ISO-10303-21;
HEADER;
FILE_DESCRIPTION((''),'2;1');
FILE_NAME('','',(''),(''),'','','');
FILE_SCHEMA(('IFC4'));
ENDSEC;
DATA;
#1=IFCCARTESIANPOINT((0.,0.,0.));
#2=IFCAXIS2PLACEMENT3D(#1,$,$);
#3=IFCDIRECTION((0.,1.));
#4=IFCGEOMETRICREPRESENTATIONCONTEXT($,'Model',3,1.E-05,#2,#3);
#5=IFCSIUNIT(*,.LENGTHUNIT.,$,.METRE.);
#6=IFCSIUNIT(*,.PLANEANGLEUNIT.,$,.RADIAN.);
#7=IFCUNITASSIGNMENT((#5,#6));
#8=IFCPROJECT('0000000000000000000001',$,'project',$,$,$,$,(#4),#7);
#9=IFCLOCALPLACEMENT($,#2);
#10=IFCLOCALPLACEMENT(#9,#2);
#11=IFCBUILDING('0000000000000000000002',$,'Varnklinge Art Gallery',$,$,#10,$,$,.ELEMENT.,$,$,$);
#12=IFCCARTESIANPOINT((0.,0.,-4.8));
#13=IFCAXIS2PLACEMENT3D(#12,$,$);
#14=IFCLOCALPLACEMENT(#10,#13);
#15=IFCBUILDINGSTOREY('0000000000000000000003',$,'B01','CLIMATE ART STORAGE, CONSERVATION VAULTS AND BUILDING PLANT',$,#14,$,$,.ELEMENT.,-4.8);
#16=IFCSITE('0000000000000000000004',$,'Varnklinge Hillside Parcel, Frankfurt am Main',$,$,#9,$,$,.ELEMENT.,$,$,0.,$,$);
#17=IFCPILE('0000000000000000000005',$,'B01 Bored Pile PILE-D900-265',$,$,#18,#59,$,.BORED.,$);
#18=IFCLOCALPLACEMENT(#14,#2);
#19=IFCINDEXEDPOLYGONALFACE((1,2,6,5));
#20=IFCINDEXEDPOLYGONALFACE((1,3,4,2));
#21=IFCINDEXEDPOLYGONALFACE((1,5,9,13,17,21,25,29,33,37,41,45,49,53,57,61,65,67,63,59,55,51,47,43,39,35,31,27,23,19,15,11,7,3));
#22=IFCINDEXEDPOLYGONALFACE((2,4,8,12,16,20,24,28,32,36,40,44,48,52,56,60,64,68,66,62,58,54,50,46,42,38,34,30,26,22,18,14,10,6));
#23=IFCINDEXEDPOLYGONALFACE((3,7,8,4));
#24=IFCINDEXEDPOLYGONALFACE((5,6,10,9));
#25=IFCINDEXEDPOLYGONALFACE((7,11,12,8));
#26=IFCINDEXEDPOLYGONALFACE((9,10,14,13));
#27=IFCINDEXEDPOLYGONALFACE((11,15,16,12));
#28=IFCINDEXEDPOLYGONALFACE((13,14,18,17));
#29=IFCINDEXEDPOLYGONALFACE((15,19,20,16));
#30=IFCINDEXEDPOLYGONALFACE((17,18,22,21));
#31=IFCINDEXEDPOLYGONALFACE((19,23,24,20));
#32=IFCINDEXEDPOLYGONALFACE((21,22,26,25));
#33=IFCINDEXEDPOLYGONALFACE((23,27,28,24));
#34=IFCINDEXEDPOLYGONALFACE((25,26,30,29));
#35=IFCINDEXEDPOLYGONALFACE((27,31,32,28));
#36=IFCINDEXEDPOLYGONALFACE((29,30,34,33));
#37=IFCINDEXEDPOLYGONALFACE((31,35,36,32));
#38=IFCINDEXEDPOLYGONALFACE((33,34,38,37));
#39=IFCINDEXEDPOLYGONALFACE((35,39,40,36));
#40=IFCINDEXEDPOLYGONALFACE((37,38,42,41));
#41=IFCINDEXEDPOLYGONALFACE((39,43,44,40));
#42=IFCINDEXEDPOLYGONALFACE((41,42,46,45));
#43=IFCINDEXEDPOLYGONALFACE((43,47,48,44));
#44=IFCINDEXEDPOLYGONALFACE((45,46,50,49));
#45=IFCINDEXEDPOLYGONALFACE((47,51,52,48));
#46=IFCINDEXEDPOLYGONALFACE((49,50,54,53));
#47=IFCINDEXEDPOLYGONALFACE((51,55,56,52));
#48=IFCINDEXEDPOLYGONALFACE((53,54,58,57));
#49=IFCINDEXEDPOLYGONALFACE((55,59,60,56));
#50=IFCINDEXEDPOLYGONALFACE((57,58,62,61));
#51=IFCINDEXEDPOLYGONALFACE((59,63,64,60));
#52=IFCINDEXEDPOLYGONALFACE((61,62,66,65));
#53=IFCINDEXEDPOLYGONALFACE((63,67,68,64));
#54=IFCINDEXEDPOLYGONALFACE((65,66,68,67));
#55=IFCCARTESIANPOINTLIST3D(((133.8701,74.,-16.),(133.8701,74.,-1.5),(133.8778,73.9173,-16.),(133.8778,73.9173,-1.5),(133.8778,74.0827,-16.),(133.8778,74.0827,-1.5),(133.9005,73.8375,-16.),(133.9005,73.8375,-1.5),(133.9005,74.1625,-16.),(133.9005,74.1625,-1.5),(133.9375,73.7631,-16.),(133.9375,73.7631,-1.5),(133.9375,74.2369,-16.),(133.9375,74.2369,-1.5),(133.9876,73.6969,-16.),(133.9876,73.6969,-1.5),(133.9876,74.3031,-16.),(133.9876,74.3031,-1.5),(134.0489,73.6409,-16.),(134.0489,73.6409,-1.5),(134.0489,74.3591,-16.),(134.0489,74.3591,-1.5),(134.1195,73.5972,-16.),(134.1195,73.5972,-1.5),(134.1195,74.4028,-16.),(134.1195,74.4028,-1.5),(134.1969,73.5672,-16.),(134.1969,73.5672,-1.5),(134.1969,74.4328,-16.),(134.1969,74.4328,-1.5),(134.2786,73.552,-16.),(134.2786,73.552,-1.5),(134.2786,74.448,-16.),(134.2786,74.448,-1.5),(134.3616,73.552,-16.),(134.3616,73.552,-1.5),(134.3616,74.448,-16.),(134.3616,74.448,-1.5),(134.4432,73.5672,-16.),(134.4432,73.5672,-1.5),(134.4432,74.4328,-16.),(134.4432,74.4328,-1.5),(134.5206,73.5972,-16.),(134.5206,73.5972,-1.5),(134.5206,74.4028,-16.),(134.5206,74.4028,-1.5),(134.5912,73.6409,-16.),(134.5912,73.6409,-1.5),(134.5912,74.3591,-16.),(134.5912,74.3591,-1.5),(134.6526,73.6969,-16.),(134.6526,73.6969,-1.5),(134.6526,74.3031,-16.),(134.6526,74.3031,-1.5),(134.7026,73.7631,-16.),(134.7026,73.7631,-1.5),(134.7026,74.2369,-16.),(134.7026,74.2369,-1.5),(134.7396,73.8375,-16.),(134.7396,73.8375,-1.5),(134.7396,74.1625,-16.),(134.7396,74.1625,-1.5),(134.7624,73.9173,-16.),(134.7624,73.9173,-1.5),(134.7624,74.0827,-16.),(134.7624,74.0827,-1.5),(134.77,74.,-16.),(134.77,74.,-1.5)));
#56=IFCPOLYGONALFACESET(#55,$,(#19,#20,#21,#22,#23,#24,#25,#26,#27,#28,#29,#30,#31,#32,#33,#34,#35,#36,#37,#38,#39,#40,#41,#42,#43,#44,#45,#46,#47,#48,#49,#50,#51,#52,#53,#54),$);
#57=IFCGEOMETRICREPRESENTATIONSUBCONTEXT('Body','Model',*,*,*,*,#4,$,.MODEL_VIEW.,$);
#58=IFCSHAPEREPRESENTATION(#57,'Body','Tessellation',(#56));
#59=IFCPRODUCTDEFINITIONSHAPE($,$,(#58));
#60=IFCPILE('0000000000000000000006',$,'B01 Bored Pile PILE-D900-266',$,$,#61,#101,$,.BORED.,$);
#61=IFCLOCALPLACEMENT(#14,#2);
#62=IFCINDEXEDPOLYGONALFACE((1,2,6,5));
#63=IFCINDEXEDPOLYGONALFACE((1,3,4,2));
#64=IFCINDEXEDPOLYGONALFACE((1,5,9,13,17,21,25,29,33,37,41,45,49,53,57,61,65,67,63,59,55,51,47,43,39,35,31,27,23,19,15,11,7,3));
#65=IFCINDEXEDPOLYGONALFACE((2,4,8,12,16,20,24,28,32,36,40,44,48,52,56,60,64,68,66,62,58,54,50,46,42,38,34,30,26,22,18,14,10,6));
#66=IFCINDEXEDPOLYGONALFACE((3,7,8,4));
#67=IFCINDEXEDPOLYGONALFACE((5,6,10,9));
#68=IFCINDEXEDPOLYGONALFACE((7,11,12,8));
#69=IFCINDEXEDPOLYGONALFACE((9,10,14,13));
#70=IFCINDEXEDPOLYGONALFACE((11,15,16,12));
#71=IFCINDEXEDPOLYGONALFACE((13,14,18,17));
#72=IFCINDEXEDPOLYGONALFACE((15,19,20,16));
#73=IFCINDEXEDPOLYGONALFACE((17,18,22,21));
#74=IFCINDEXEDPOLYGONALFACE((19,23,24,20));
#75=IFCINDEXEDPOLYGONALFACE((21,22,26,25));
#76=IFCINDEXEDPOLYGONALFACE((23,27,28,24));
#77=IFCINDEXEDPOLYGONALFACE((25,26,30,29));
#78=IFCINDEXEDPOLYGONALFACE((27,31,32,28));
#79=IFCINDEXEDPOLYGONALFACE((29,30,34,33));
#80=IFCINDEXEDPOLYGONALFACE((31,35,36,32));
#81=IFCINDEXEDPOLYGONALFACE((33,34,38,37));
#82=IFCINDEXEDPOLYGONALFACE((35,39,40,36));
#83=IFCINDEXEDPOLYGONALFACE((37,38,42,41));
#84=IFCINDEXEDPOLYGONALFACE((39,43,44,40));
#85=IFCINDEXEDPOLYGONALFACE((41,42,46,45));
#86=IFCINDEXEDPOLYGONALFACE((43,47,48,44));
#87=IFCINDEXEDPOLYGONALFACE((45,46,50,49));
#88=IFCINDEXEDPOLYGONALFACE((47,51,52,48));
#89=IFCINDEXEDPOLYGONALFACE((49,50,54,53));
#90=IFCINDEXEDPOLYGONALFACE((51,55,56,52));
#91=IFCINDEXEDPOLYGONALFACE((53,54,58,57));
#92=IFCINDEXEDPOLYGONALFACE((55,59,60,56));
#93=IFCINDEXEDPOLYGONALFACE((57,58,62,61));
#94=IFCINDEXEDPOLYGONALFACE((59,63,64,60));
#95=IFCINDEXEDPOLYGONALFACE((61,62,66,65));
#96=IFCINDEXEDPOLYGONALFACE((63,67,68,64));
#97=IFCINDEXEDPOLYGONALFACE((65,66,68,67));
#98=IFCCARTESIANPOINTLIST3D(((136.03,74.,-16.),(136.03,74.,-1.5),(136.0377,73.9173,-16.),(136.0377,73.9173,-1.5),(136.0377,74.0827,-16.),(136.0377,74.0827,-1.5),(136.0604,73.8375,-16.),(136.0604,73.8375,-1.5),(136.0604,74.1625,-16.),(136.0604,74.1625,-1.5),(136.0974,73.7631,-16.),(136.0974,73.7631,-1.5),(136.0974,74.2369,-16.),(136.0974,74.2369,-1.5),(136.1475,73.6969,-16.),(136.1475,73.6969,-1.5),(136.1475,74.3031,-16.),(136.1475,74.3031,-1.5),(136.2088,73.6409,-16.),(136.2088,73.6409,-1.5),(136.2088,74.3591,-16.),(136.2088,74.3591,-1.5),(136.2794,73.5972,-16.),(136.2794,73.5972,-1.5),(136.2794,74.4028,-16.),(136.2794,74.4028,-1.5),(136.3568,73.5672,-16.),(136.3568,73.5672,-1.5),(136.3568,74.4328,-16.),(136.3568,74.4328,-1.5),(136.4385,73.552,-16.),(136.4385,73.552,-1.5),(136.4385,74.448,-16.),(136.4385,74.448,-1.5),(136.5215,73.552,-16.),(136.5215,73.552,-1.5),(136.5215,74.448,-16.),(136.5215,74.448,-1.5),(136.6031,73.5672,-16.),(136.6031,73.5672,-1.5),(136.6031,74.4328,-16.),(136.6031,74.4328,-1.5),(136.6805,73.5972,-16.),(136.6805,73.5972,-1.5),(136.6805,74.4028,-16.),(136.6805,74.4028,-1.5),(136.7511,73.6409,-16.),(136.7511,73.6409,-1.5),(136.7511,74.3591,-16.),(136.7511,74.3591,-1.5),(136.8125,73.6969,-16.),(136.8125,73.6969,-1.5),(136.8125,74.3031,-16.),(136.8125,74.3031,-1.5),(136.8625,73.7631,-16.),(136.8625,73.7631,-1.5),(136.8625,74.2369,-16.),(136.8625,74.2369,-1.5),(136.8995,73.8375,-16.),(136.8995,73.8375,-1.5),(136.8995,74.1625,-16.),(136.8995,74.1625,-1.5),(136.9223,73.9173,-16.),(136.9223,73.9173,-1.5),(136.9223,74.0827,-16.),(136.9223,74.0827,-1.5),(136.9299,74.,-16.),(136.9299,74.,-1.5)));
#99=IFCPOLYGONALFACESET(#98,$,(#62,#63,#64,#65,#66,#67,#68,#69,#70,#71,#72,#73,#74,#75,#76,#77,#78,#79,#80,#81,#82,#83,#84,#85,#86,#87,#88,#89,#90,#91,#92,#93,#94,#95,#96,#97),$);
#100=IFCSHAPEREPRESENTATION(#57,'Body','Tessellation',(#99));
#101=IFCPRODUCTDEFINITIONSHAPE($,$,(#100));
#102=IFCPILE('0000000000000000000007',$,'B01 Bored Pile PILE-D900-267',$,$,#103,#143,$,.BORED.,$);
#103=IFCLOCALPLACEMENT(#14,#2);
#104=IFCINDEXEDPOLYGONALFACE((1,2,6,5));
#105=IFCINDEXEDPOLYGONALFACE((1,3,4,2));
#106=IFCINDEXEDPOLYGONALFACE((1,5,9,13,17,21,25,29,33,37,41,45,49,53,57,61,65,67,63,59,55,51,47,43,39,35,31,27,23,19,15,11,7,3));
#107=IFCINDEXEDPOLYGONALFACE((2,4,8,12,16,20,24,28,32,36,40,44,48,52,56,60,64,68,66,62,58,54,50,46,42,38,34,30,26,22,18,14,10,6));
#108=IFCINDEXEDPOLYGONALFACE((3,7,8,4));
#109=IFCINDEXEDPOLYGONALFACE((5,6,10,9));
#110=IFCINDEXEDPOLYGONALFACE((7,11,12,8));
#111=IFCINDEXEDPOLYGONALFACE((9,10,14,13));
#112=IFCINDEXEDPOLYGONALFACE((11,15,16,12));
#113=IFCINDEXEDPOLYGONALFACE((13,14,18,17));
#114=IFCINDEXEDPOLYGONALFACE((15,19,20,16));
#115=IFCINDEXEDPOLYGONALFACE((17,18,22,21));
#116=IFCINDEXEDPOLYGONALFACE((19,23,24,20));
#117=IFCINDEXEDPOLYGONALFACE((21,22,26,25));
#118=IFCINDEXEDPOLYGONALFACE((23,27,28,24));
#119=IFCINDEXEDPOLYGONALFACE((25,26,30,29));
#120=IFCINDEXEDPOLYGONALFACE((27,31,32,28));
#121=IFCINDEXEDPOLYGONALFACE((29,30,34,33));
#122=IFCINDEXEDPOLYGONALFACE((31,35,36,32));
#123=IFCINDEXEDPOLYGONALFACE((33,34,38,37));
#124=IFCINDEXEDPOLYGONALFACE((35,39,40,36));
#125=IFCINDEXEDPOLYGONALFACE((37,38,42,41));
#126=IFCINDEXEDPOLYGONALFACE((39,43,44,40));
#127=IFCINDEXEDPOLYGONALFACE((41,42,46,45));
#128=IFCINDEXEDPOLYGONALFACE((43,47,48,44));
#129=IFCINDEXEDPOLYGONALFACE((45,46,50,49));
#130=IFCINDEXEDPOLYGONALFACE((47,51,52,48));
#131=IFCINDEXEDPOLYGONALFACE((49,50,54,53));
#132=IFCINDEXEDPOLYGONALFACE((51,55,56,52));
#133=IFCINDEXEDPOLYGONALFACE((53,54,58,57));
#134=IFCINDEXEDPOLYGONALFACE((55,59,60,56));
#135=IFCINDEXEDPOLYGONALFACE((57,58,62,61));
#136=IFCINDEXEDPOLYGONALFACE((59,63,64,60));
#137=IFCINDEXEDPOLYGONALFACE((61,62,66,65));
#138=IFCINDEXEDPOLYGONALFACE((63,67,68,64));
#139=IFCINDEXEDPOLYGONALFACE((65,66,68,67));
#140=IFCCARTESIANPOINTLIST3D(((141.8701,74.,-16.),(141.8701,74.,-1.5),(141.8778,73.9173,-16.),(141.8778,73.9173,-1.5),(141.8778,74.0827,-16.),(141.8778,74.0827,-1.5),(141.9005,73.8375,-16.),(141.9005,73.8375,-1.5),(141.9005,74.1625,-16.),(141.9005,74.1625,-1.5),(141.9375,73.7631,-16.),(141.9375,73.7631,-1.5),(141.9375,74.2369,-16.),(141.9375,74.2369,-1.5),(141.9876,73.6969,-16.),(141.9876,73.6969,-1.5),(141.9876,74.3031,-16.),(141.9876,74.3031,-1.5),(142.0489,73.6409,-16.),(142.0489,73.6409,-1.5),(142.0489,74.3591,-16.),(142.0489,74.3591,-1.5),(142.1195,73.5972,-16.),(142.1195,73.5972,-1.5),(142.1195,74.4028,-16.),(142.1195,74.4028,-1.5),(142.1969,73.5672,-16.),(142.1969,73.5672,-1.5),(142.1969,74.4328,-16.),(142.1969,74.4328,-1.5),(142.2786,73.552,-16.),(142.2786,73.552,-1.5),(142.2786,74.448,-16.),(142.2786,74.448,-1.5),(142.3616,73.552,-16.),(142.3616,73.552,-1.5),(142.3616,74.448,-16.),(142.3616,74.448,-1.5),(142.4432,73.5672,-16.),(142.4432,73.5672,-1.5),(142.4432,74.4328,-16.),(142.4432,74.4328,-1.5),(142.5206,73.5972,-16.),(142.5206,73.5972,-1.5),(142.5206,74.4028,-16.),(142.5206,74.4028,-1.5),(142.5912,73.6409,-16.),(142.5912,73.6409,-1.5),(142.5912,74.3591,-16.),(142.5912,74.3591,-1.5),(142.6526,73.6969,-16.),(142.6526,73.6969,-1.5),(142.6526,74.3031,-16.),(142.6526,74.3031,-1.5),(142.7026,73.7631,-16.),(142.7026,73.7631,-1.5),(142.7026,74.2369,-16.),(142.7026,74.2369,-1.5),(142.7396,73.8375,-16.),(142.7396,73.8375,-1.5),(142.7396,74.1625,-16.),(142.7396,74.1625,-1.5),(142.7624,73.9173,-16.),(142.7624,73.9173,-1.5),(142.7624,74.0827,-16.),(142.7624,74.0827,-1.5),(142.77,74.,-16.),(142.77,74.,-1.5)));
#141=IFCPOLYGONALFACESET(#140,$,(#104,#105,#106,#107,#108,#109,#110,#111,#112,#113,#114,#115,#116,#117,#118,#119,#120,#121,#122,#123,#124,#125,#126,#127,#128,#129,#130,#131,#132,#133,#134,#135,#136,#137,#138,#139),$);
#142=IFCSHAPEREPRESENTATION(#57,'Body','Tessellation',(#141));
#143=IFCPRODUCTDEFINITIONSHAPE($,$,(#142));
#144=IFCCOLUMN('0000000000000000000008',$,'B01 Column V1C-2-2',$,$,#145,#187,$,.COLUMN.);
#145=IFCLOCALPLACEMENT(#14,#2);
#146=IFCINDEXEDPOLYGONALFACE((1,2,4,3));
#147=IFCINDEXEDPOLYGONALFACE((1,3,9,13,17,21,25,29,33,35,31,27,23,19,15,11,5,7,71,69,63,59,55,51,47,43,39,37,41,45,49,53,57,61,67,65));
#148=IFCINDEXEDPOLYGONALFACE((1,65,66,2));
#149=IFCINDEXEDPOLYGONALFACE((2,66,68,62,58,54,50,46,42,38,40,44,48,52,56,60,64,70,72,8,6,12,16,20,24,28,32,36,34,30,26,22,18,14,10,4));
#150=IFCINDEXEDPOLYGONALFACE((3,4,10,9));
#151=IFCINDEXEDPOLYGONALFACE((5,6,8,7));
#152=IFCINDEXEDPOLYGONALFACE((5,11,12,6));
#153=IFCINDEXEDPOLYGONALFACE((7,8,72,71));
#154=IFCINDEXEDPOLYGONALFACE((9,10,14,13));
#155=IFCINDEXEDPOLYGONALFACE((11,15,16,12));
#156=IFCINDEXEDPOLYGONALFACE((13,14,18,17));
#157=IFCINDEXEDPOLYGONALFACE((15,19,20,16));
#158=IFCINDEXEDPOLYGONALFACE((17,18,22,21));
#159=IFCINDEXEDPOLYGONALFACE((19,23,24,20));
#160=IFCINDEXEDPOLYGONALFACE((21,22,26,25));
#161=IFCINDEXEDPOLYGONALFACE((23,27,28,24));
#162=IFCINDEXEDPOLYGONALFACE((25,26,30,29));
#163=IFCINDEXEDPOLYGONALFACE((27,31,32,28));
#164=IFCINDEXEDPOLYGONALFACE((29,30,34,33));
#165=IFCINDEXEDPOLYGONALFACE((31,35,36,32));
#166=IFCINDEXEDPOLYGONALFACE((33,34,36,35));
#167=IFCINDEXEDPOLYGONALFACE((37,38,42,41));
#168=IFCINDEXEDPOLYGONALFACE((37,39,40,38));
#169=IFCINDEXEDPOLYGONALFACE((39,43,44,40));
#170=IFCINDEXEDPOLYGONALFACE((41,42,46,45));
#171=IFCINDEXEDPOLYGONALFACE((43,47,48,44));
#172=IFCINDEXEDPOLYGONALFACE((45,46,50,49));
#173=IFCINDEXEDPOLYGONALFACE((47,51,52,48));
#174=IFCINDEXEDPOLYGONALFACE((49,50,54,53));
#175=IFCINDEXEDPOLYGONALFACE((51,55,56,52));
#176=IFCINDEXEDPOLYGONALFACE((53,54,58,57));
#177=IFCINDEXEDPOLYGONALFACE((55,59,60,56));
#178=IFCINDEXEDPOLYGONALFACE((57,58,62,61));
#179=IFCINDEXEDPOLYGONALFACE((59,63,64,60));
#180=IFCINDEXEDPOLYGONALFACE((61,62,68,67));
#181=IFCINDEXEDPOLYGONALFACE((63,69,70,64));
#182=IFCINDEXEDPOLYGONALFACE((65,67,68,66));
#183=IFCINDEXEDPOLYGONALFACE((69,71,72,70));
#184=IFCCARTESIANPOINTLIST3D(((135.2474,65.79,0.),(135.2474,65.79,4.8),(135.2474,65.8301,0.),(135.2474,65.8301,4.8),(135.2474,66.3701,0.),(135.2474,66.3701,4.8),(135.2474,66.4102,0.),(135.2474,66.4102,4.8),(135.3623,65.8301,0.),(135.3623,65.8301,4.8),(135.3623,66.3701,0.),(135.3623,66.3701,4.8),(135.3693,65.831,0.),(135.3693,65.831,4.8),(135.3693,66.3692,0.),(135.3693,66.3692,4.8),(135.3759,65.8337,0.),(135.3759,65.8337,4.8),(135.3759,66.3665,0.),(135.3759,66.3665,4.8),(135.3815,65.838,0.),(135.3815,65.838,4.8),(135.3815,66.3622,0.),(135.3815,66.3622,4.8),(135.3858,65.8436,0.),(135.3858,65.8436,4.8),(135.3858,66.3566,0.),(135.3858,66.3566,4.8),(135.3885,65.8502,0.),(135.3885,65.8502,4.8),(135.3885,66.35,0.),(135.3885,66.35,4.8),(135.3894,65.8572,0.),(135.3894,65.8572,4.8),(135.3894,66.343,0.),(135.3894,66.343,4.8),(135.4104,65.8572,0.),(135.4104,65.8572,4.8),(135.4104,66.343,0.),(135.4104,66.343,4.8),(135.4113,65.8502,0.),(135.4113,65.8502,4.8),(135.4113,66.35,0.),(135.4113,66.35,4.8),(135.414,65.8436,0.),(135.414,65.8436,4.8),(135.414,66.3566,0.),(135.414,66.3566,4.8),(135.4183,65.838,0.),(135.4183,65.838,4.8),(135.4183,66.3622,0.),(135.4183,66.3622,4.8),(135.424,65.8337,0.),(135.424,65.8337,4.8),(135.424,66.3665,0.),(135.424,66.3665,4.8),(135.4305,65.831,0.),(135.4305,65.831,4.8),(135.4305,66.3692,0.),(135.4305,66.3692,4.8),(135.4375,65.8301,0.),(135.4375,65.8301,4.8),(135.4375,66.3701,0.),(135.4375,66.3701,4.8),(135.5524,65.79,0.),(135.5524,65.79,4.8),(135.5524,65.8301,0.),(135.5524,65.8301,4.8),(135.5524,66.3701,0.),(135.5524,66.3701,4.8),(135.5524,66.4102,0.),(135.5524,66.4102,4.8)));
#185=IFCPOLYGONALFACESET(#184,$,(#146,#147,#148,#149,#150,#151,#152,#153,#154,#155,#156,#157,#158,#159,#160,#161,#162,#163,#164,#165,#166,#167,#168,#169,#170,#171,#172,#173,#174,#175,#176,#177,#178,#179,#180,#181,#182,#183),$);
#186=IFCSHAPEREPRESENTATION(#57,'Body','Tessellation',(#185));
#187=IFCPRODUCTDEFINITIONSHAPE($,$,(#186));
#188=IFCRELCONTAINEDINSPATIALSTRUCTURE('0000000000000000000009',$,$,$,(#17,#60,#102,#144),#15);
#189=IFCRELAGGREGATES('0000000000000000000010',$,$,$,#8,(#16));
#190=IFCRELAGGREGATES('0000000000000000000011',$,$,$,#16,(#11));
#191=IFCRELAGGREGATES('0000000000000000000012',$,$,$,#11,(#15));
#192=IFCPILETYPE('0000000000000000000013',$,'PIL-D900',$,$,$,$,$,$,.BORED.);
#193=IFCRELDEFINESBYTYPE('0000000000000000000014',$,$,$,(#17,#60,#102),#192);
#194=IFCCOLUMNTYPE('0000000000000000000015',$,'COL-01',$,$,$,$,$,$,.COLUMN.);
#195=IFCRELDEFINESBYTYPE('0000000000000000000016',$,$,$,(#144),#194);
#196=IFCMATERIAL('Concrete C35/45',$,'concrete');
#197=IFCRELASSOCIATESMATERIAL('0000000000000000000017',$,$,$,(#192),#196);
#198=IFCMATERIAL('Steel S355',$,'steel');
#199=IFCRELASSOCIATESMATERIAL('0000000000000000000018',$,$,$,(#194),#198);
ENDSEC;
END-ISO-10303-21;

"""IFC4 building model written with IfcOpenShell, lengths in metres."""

from ifc_helpers import new_model, si_unit, direction, frame, origin, origin_2d, place, context, subcontext, project, spatial, circle, i_section, extrude, material, material_profile, profile_set, type_object, element, save


model = new_model("IFC4")

# Units and contexts
model_context = context("Model", 3, precision=1e-05, world=origin(), true_north=direction((0.0, 1.0)))
body_context = subcontext(model_context, "Body", "Model", "MODEL_VIEW")
ifc_project = project(units=[si_unit("LENGTHUNIT", "METRE"), si_unit("PLANEANGLEUNIT", "RADIAN")], contexts=[model_context])

# Site, building, storey
site_placement = place(None, origin())
site = spatial("IfcSite", under=ifc_project, at=site_placement, Name="Varnklinge Hillside Parcel, Frankfurt am Main", CompositionType="ELEMENT", RefElevation=0.0)
building_placement = place(site_placement, origin())
building = spatial("IfcBuilding", under=site, at=building_placement, Name="Varnklinge Art Gallery", CompositionType="ELEMENT")
storey_placement = place(building_placement, frame((0.0, 0.0, -4.8)))
storey = spatial("IfcBuildingStorey", under=building, at=storey_placement, Name="B01", Description="CLIMATE ART STORAGE, CONSERVATION VAULTS AND BUILDING PLANT", CompositionType="ELEMENT", Elevation=-4.8)

# Piles
ifc_material_1 = material(Name="Concrete C35/45", Category="concrete")
ifc_material_profile_1 = material_profile(ifc_material_1, circle(Radius=0.45, at=origin_2d()), Name="PILE D900")
ifc_profile_set_1 = profile_set([ifc_material_profile_1], Name="Concrete C35/45")
pile_type = type_object("IfcPileType", Name="PIL-D900", PredefinedType="BORED", material=ifc_profile_set_1)
for number, where, z_axis, x_axis, name in (
    (1, (134.3201, 74.0, -1.5), (0.0, 0.0, -1.0), (1.0, 0.0, 0.0), "B01 Bored Pile PILE-D900-265"),
    (2, (136.48, 74.0, -1.5), (0.0, 0.0, -1.0), (1.0, 0.0, 0.0), "B01 Bored Pile PILE-D900-266"),
    (3, (142.3201, 74.0, -1.5), (0.0, 0.0, -1.0), (1.0, 0.0, 0.0), "B01 Bored Pile PILE-D900-267"),
):
    element("IfcPile", number, at=place(storey_placement, frame(where, z_axis=z_axis, x_axis=x_axis)), inside=storey, type_object=pile_type, Name=name, PredefinedType="BORED", context=body_context, shape_type="SweptSolid", body=[
        extrude(circle(Radius=0.45, at=origin_2d()), origin(), (0.0, 0.0, 1.0), 14.5),
    ])

# Column
ifc_material_2 = material(Name="Steel S355", Category="steel")
ifc_material_profile_2 = material_profile(ifc_material_2, i_section(OverallWidth=0.3049, OverallDepth=0.6201, WebThickness=0.021, FlangeThickness=0.04, FilletRadius=0.0271, at=origin_2d()), Name="HEM 600")
ifc_profile_set_2 = profile_set([ifc_material_profile_2], Name="Steel S355")
column_type = type_object("IfcColumnType", Name="COL-01", PredefinedType="COLUMN", material=ifc_profile_set_2)
for number, where, z_axis, x_axis, name in (
    (4, (135.3999, 66.1001, 0.0), (0.0, 0.0, 1.0), (1.0, 0.0, 0.0), "B01 Column V1C-2-2"),
):
    element("IfcColumn", number, at=place(storey_placement, frame(where, z_axis=z_axis, x_axis=x_axis)), inside=storey, type_object=column_type, Name=name, PredefinedType="COLUMN", context=body_context, shape_type="SweptSolid", body=[
        extrude(i_section(OverallWidth=0.3049, OverallDepth=0.6201, WebThickness=0.021, FlangeThickness=0.04, FilletRadius=0.0271, at=origin_2d()), origin(), (0.0, 0.0, 1.0), 4.8),
    ])

save(model, "model.ifc")
